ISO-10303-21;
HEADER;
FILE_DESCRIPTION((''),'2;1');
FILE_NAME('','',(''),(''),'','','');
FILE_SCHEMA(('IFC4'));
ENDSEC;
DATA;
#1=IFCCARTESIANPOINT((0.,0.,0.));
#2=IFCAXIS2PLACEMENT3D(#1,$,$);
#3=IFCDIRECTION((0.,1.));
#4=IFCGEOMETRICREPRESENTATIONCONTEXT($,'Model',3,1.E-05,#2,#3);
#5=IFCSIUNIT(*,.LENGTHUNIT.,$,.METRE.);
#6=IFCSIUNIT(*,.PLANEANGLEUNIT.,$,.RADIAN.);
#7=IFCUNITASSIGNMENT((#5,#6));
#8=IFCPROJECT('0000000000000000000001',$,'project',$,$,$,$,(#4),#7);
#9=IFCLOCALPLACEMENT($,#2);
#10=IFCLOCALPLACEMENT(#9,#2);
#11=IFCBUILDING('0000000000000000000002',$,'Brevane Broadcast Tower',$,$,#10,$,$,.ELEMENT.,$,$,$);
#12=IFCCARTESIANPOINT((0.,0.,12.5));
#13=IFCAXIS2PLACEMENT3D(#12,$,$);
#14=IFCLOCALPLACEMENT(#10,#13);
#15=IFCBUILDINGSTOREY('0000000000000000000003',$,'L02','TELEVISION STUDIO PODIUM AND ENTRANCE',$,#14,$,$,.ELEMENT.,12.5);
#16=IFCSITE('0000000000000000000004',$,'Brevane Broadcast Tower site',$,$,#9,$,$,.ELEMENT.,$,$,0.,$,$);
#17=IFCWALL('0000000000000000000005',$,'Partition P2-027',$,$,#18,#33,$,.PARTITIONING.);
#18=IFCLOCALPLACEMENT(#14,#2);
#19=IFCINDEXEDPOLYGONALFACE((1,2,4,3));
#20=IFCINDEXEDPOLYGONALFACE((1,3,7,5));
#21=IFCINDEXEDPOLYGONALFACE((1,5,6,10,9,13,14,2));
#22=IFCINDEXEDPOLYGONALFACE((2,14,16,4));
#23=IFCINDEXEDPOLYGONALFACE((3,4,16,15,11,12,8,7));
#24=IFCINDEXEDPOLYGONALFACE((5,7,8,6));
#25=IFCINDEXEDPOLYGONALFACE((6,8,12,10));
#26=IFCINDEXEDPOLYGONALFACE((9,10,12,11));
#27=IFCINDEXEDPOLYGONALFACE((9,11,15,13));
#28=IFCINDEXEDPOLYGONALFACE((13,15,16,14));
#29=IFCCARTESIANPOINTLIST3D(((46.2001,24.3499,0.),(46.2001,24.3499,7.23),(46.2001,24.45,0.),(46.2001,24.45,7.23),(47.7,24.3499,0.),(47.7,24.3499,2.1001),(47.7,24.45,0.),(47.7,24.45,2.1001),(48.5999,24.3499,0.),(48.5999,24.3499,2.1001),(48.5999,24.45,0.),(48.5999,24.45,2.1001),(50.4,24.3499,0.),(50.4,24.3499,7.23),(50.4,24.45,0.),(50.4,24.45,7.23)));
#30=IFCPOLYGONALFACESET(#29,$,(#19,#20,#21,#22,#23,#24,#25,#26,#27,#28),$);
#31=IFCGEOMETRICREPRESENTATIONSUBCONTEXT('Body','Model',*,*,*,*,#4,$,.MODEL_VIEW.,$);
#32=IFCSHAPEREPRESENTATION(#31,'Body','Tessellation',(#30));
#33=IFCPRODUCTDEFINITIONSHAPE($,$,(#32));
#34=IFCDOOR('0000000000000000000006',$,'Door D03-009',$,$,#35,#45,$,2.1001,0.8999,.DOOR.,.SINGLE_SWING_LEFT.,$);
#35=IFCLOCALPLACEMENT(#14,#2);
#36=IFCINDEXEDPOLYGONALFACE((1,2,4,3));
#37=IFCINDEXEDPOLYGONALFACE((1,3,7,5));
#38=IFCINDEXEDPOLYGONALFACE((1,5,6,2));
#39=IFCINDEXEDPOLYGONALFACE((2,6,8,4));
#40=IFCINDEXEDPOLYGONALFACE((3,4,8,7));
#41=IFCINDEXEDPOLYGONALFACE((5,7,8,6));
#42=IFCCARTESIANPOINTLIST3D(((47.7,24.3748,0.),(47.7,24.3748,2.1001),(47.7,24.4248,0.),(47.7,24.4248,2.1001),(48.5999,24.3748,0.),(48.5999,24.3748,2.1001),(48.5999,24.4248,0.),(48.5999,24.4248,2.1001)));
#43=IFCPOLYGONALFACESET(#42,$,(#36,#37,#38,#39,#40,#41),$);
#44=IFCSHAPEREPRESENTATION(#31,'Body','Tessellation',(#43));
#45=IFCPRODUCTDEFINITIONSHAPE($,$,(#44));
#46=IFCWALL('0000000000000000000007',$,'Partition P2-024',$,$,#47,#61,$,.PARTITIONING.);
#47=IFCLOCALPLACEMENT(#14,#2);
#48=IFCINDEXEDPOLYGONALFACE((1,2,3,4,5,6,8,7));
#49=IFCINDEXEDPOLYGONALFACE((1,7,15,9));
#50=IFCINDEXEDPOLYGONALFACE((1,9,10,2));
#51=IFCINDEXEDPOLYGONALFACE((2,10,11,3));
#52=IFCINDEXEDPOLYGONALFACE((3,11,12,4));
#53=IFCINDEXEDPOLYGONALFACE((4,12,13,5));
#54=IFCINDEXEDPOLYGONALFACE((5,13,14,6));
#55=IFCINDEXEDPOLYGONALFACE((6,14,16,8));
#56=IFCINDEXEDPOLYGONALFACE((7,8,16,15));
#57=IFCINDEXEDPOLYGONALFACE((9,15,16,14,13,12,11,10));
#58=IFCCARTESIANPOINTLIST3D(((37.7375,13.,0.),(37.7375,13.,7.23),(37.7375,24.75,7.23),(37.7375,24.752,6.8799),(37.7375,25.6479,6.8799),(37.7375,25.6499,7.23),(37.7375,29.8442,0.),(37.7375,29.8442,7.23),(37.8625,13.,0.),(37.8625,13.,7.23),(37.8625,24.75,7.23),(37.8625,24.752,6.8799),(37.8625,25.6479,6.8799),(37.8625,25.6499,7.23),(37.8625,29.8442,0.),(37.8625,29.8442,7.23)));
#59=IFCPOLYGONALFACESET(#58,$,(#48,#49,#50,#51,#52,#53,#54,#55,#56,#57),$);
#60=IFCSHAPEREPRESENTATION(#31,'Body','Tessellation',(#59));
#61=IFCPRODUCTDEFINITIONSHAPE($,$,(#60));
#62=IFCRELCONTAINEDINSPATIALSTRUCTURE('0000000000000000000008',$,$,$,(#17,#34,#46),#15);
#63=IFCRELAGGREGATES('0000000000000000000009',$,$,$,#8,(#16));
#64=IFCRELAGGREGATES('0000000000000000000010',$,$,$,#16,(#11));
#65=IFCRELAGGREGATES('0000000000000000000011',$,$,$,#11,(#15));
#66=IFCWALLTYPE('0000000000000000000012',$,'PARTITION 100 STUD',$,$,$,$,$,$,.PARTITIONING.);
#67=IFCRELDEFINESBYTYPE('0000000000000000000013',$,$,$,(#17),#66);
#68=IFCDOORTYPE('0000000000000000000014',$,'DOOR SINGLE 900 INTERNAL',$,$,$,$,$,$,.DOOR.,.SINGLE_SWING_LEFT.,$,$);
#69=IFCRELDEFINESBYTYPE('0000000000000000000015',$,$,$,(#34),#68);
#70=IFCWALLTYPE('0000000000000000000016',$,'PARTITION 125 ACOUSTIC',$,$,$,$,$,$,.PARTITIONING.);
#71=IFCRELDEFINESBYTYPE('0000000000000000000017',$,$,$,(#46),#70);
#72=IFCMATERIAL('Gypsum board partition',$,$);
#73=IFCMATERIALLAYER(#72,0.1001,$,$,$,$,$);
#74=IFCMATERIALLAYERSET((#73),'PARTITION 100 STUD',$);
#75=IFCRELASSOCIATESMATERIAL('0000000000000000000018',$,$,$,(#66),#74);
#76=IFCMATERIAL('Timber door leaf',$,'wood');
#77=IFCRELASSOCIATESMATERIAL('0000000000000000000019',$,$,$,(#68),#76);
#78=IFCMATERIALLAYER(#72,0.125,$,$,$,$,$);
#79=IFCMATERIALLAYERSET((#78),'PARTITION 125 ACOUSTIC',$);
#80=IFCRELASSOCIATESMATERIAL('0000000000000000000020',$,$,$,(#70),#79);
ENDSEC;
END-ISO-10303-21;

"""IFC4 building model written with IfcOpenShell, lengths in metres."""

from ifc_helpers import new_model, si_unit, direction, frame, frame_2d, origin, place, context, subcontext, project, spatial, polyline, rectangle, outline, extrude, material, layer, layer_set, type_object, element, fill, save


model = new_model("IFC4")

# Units and contexts
model_context = context("Model", 3, precision=1e-05, world=origin(), true_north=direction((0.0, 1.0)))
body_context = subcontext(model_context, "Body", "Model", "MODEL_VIEW")
ifc_project = project(units=[si_unit("LENGTHUNIT", "METRE"), si_unit("PLANEANGLEUNIT", "RADIAN")], contexts=[model_context])

# Site, building, storey
site_placement = place(None, origin())
site = spatial("IfcSite", under=ifc_project, at=site_placement, Name="Brevane Broadcast Tower site", CompositionType="ELEMENT", RefElevation=0.0)
building_placement = place(site_placement, origin())
building = spatial("IfcBuilding", under=site, at=building_placement, Name="Brevane Broadcast Tower", CompositionType="ELEMENT")
storey_placement = place(building_placement, frame((0.0, 0.0, 12.5)))
storey = spatial("IfcBuildingStorey", under=building, at=storey_placement, Name="L02", Description="TELEVISION STUDIO PODIUM AND ENTRANCE", CompositionType="ELEMENT", Elevation=12.5)

# Shared definitions
ifc_material_1 = material(Name="Gypsum board partition")
ifc_layer_1 = layer(ifc_material_1, 0.1001)
ifc_layer_set_1 = layer_set([ifc_layer_1], Name="PARTITION 100 STUD")
wall_type_1 = type_object("IfcWallType", Name="PARTITION 100 STUD", PredefinedType="PARTITIONING", material=ifc_layer_set_1)
ifc_material_2 = material(Name="Timber door leaf", Category="wood")

# Wall, opening, door
wall_1_placement = place(storey_placement, frame((46.2, 24.3999, 0.0), z_axis=(0.0, 0.0, 1.0), x_axis=(1.0, 0.0, 0.0)))
wall_1 = element("IfcWall", 1, at=wall_1_placement, inside=storey, type_object=wall_type_1, Name="Partition P2-027", PredefinedType="PARTITIONING", context=body_context, shape_type="SweptSolid", body=[
    extrude(rectangle(XDim=4.2, YDim=0.1001, at=frame_2d((2.1001, 0.0))), origin(), (0.0, 0.0, 1.0), 7.23),
])
opening_1_placement = place(wall_1_placement, frame((1.5, 0.0, 0.0)))
opening_1 = element("IfcOpeningElement", 2, at=opening_1_placement, cuts=wall_1, PredefinedType="OPENING", context=body_context, shape_type="SweptSolid", body=[
    extrude(rectangle(XDim=0.8999, YDim=2.1001, at=frame_2d((0.45, 1.05))), frame((0.0, 0.0601, 0.0), z_axis=(0.0, -1.0, 0.0), x_axis=(1.0, 0.0, 0.0)), (0.0, 0.0, 1.0), 0.1201),
])
door_type_1 = type_object("IfcDoorType", Name="DOOR SINGLE 900 INTERNAL", OperationType="SINGLE_SWING_LEFT", PredefinedType="DOOR", material=ifc_material_2)
door_1_placement = place(opening_1_placement, origin())
door_1 = element("IfcDoor", 3, at=door_1_placement, inside=storey, type_object=door_type_1, Name="Door D03-009", OperationType="SINGLE_SWING_LEFT", OverallHeight=2.1001, OverallWidth=0.8999, PredefinedType="DOOR", context=body_context, shape_type="SweptSolid", body=[
    extrude(rectangle(XDim=0.8999, YDim=2.1001, at=frame_2d((0.45, 1.05))), frame((0.0, 0.0249, 0.0), z_axis=(0.0, -1.0, 0.0), x_axis=(1.0, 0.0, 0.0)), (0.0, 0.0, 1.0), 0.05),
])
fill(opening_1, door_1)

# Wall
ifc_layer_2 = layer(ifc_material_1, 0.125)
ifc_layer_set_2 = layer_set([ifc_layer_2], Name="PARTITION 125 ACOUSTIC")
wall_type_2 = type_object("IfcWallType", Name="PARTITION 125 ACOUSTIC", PredefinedType="PARTITIONING", material=ifc_layer_set_2)
wall_2_placement = place(storey_placement, frame((37.8, 29.8442, 0.0), z_axis=(0.0, 0.0, 1.0), x_axis=(0.0, -1.0, 0.0)))
element("IfcWall", 4, at=wall_2_placement, inside=storey, type_object=wall_type_2, Name="Partition P2-024", PredefinedType="PARTITIONING", context=body_context, shape_type="SweptSolid", body=[
    extrude(outline(polyline([(0.0, 0.0), (16.8442, 0.0), (16.8442, 7.23), (5.0942, 7.23), (5.0923, 6.8799), (4.1963, 6.8799), (4.1943, 7.23), (0.0, 7.23), (0.0, 0.0)])), frame((0.0, 0.0625, 0.0), z_axis=(0.0, -1.0, 0.0), x_axis=(1.0, 0.0, 0.0)), (0.0, 0.0, 1.0), 0.125),
])

save(model, "model.ifc")
